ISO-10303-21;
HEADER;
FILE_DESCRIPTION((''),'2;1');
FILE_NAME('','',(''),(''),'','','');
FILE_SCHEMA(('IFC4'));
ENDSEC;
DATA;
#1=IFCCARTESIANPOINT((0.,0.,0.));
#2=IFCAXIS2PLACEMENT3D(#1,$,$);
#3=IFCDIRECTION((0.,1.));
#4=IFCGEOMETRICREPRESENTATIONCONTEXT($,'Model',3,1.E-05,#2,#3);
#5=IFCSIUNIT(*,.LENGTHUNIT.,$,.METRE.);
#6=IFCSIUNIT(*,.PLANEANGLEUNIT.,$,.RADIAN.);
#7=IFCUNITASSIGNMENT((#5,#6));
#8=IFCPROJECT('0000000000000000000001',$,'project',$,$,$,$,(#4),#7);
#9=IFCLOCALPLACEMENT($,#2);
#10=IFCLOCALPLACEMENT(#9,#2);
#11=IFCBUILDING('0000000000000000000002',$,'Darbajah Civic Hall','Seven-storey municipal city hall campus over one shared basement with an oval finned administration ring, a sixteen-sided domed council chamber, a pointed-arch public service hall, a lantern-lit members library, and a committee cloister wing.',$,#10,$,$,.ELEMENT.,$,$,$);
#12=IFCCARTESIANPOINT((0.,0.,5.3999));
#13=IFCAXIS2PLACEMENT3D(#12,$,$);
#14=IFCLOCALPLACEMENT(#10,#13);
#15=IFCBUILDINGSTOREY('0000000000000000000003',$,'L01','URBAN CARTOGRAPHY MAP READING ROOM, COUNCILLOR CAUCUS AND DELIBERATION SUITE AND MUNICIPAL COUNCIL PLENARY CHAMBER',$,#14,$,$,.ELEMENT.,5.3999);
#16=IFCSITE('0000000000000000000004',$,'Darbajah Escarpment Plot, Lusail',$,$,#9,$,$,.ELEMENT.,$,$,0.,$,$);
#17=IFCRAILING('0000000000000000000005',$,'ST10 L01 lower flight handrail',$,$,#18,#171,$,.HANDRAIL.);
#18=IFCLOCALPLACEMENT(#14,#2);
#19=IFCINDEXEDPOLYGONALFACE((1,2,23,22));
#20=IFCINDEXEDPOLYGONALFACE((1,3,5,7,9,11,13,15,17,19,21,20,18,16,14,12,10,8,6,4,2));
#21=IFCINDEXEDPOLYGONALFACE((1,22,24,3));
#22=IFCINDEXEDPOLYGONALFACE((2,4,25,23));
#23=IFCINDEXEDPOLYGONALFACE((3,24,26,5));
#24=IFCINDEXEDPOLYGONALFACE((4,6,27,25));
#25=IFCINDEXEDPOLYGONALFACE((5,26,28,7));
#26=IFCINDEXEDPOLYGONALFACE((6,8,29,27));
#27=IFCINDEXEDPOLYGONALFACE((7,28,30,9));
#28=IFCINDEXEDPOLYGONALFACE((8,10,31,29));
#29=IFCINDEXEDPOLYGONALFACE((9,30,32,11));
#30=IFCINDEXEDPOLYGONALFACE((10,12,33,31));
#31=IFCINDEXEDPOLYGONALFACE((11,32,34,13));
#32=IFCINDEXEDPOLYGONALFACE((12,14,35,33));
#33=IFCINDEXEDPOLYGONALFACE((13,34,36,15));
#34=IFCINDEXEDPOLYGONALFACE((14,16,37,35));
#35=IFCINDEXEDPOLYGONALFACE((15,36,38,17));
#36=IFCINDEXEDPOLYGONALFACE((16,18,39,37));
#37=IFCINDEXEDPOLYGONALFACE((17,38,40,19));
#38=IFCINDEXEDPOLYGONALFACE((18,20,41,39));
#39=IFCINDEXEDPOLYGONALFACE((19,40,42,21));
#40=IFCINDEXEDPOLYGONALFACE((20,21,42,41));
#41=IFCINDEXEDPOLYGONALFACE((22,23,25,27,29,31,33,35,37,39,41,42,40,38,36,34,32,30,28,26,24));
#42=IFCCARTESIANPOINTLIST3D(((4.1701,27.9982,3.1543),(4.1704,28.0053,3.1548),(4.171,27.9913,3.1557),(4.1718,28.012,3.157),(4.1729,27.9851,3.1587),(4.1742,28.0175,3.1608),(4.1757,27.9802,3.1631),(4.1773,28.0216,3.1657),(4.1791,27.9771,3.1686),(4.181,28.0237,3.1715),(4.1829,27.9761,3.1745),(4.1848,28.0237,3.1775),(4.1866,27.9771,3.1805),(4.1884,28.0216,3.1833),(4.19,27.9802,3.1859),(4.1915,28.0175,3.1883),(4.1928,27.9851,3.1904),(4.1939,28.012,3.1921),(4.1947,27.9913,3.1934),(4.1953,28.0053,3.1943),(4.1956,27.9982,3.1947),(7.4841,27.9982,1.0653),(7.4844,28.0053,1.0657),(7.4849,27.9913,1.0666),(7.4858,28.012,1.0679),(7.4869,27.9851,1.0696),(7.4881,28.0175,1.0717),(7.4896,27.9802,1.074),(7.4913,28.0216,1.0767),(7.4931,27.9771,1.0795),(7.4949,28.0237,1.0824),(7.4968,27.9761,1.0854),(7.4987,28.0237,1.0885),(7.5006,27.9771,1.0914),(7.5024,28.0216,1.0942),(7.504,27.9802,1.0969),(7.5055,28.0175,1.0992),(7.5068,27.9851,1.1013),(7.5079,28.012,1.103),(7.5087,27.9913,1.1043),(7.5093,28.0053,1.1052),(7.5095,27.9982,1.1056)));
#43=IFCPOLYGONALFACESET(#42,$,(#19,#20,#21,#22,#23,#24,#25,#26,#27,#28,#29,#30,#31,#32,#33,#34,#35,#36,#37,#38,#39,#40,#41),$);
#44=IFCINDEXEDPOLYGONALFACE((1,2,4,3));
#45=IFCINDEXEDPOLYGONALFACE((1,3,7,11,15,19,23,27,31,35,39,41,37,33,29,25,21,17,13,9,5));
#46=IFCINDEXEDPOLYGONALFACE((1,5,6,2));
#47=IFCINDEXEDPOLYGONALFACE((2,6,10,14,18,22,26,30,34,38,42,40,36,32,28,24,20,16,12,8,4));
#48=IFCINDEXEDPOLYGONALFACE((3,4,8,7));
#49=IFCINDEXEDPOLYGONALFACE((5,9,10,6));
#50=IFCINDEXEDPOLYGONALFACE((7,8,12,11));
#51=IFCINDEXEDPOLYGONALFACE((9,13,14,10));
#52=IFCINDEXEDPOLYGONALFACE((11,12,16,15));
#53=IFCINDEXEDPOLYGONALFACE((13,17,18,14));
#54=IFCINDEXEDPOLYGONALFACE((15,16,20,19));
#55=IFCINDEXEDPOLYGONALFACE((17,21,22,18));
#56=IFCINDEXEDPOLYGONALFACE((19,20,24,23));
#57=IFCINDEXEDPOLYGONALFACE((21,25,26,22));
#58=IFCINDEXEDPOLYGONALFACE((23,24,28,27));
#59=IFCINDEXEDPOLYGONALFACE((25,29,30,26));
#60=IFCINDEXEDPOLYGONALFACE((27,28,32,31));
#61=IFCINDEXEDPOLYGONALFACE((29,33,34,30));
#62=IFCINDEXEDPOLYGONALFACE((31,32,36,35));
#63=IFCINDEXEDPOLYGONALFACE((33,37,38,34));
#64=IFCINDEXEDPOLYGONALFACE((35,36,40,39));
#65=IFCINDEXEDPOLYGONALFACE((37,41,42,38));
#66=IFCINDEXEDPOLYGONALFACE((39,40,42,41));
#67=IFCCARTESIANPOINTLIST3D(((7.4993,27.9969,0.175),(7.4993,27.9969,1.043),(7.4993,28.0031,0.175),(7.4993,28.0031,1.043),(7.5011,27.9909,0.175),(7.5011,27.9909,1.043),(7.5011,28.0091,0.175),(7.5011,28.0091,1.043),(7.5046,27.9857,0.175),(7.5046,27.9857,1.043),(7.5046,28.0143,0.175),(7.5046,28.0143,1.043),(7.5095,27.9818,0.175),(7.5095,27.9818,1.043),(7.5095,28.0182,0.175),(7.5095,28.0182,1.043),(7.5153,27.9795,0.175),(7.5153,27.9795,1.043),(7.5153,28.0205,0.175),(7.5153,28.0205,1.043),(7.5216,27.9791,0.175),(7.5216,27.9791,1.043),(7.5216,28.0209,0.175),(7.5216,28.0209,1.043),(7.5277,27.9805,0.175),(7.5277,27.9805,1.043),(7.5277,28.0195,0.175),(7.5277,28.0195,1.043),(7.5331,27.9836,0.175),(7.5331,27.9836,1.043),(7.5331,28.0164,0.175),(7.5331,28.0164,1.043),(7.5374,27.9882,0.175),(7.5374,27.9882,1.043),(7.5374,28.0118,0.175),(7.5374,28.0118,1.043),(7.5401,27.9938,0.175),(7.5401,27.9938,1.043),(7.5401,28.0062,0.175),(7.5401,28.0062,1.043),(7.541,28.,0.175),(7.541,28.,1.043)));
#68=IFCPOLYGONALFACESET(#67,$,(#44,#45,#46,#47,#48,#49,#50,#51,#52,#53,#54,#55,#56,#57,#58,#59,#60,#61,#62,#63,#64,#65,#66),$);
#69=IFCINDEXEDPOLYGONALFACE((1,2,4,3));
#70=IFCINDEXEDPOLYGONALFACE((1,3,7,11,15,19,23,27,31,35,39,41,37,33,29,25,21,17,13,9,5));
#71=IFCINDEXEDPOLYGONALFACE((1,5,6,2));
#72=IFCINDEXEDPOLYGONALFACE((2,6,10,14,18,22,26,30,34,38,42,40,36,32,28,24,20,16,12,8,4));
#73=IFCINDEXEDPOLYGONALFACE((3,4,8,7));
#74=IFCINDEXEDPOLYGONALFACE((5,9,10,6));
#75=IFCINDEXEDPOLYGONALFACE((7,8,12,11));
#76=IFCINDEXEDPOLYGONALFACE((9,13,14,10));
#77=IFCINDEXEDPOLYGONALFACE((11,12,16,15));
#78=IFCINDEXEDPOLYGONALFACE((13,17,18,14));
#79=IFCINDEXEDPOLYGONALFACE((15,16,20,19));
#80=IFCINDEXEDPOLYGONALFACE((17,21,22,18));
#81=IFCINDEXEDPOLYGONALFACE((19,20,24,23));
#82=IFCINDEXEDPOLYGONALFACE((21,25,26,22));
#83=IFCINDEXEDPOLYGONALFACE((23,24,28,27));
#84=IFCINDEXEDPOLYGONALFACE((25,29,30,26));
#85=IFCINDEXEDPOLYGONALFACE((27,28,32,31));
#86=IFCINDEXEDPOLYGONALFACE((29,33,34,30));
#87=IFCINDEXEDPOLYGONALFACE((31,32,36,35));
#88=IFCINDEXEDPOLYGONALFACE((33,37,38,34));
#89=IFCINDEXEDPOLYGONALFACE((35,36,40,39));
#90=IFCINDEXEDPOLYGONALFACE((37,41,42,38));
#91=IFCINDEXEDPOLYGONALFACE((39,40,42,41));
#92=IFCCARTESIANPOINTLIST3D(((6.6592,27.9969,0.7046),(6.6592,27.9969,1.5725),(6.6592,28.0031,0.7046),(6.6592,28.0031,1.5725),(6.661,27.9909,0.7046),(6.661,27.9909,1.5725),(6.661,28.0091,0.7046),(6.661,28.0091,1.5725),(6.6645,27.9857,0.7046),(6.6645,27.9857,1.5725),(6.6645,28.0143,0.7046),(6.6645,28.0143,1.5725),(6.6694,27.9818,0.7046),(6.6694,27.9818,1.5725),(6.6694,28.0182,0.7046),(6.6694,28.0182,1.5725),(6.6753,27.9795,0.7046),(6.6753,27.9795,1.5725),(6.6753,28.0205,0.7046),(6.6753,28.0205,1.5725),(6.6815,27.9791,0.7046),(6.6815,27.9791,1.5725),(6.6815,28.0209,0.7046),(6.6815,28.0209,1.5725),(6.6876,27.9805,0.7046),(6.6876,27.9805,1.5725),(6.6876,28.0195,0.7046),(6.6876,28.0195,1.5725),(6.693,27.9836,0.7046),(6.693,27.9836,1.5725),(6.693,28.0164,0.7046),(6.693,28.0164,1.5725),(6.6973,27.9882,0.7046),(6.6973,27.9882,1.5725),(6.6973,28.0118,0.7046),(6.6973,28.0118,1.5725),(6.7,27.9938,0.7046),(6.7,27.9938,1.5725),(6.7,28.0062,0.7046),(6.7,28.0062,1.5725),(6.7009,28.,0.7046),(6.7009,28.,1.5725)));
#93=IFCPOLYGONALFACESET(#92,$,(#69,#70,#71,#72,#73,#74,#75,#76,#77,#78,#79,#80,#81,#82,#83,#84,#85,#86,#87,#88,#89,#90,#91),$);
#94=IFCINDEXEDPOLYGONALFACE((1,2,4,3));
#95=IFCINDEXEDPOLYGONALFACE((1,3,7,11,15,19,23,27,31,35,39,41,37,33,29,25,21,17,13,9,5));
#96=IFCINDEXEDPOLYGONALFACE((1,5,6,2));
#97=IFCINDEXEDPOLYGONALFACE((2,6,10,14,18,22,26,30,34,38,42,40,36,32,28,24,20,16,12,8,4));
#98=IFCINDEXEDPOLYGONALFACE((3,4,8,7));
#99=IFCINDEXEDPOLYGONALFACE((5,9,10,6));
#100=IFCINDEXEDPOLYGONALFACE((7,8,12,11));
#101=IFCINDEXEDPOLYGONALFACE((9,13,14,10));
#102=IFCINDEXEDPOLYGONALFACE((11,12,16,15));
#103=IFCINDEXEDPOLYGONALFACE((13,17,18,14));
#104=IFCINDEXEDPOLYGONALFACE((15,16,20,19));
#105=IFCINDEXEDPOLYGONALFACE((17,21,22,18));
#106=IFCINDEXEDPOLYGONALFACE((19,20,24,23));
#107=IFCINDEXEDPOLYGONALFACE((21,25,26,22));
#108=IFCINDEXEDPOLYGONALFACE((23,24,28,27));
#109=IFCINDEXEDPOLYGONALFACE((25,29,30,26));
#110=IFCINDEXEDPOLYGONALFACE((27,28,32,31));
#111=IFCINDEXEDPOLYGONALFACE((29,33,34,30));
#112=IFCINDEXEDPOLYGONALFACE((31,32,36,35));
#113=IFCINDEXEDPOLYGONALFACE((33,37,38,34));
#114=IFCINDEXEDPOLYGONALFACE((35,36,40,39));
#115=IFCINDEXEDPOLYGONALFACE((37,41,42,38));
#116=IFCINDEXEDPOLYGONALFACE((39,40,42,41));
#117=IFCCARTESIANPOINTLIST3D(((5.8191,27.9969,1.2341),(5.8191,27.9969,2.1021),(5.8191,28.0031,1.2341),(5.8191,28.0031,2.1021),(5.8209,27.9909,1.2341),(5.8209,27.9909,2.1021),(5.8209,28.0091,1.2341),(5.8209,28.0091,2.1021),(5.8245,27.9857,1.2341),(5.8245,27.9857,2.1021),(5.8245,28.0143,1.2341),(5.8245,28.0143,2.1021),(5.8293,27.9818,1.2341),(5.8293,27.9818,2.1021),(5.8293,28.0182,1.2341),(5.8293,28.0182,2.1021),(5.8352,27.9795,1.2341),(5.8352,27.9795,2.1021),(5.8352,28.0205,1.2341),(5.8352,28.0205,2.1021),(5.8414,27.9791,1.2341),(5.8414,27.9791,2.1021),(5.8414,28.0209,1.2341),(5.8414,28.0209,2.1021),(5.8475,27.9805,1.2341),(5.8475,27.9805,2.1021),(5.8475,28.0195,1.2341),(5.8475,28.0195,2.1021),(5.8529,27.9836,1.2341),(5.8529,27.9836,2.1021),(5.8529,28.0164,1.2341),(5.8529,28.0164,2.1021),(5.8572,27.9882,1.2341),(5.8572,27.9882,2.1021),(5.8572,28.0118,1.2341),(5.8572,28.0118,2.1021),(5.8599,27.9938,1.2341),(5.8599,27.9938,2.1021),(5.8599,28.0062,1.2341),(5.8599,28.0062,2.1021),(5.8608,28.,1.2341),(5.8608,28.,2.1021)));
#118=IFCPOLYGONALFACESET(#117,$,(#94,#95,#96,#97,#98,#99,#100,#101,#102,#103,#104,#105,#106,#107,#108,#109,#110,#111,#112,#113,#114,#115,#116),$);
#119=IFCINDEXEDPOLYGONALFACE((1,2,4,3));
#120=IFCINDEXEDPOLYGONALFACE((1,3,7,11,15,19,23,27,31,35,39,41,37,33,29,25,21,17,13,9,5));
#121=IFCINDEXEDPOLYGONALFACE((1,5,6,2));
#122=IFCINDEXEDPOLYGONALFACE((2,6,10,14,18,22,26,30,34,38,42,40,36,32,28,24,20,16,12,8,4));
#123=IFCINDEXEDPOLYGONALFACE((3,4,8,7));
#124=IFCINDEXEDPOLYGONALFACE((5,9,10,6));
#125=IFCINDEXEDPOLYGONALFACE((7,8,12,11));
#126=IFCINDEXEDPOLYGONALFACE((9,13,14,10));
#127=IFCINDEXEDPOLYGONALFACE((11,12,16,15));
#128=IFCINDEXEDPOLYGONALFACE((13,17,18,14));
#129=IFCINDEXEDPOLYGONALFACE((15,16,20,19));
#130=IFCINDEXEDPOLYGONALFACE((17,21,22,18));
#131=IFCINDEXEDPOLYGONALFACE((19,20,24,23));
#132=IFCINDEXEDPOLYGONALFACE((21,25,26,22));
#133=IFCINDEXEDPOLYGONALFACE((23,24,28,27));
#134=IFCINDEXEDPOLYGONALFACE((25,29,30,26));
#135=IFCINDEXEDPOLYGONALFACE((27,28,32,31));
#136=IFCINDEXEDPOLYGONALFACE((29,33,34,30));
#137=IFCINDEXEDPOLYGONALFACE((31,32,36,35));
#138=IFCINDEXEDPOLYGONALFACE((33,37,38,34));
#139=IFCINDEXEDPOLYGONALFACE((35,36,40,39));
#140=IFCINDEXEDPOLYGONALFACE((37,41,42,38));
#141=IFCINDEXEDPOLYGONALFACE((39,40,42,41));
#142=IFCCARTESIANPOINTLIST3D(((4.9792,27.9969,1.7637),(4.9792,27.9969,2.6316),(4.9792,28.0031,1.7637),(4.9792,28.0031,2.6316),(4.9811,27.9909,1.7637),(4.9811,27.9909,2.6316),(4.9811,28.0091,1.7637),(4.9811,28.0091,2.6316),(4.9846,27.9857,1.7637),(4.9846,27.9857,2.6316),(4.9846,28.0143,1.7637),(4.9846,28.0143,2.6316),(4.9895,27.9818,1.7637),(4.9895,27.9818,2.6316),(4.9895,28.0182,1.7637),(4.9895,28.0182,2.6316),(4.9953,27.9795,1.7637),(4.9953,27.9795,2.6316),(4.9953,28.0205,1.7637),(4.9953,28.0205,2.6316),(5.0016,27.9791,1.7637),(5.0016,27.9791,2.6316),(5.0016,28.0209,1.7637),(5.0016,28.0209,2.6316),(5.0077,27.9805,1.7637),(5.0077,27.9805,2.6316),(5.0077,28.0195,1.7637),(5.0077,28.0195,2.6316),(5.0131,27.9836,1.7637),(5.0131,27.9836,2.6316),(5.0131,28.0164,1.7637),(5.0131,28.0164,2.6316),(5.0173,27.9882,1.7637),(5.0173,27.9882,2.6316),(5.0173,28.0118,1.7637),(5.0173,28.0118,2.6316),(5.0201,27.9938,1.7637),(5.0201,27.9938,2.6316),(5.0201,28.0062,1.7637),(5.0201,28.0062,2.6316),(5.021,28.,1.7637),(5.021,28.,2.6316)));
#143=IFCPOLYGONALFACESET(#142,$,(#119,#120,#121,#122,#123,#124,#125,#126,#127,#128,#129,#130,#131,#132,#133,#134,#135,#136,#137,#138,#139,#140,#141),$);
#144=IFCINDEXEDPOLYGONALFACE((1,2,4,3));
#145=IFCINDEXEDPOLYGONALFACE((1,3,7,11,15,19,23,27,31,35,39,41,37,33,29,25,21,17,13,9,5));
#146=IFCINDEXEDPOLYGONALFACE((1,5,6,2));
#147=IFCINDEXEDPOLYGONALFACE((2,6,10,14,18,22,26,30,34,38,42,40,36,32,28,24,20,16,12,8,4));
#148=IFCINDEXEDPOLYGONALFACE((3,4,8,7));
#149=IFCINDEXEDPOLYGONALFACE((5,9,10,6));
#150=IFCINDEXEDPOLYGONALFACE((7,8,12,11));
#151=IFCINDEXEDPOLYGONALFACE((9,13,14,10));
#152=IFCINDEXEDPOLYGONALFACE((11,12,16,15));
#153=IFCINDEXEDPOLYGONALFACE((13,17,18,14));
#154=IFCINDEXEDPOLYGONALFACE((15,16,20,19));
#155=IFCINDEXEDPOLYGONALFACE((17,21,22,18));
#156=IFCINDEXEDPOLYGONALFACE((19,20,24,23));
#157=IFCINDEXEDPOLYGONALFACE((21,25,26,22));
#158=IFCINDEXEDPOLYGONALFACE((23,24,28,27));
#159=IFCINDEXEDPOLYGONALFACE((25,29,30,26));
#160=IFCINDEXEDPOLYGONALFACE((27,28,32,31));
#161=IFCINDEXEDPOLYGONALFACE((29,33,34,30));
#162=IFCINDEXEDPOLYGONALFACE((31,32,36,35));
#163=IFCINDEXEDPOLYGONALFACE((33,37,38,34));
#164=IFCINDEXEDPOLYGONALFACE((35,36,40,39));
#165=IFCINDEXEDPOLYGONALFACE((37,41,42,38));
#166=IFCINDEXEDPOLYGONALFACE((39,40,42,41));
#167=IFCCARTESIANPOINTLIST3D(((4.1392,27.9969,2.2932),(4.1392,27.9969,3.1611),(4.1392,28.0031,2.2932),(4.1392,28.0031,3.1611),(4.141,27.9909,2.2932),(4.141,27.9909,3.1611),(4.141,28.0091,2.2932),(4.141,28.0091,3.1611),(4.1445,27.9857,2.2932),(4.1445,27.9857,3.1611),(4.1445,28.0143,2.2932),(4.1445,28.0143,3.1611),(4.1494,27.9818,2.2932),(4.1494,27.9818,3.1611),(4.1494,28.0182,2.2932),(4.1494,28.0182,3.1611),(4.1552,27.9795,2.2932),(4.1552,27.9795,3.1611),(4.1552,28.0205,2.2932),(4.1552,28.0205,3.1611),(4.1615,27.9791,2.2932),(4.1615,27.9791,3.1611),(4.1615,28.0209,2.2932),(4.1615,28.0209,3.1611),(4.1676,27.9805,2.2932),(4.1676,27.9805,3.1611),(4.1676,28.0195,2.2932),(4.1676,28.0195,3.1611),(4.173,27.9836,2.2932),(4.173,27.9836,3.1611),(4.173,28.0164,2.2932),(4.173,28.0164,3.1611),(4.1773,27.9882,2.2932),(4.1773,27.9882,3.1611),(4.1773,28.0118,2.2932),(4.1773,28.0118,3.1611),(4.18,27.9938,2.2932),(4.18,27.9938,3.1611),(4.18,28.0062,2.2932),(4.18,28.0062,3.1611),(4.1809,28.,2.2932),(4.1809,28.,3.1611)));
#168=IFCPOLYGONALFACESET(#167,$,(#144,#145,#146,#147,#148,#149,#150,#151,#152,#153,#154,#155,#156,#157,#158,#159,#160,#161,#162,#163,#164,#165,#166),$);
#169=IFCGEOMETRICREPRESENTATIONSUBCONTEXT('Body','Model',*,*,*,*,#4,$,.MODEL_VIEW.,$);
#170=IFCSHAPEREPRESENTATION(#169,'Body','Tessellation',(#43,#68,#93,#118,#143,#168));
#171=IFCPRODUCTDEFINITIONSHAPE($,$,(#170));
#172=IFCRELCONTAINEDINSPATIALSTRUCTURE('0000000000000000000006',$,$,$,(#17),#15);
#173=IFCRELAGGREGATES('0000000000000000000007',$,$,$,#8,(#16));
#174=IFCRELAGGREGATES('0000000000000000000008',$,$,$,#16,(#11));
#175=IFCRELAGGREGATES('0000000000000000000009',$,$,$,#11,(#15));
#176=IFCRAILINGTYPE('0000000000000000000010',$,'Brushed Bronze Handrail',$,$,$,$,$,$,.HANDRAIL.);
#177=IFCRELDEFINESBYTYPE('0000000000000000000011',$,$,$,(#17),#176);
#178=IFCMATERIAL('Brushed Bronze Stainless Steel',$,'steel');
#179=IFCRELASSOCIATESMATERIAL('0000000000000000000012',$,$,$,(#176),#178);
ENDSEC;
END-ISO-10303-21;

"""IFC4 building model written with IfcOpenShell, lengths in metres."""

from ifc_helpers import new_model, si_unit, direction, frame, origin, origin_2d, place, context, subcontext, project, spatial, circle, extrude, material, type_object, element, save


model = new_model("IFC4")

# Units and contexts
model_context = context("Model", 3, precision=1e-05, world=origin(), true_north=direction((0.0, 1.0)))
body_context = subcontext(model_context, "Body", "Model", "MODEL_VIEW")
ifc_project = project(units=[si_unit("LENGTHUNIT", "METRE"), si_unit("PLANEANGLEUNIT", "RADIAN")], contexts=[model_context])

# Site, building, storey
site_placement = place(None, origin())
site = spatial("IfcSite", under=ifc_project, at=site_placement, Name="Darbajah Escarpment Plot, Lusail", CompositionType="ELEMENT", RefElevation=0.0)
building_placement = place(site_placement, origin())
building = spatial("IfcBuilding", under=site, at=building_placement, Name="Darbajah Civic Hall", Description="Seven-storey municipal city hall campus over one shared basement with an oval finned administration ring, a sixteen-sided domed council chamber, a pointed-arch public service hall, a lantern-lit members library, and a committee cloister wing.", CompositionType="ELEMENT")
storey_placement = place(building_placement, frame((0.0, 0.0, 5.3999)))
storey = spatial("IfcBuildingStorey", under=building, at=storey_placement, Name="L01", Description="URBAN CARTOGRAPHY MAP READING ROOM, COUNCILLOR CAUCUS AND DELIBERATION SUITE AND MUNICIPAL COUNCIL PLENARY CHAMBER", CompositionType="ELEMENT", Elevation=5.3999)

# Railing
ifc_material_1 = material(Name="Brushed Bronze Stainless Steel", Category="steel")
railing_type_1 = type_object("IfcRailingType", Name="Brushed Bronze Handrail", PredefinedType="HANDRAIL", material=ifc_material_1)
railing_1_placement = place(storey_placement, frame((7.52, 28.0, 0.175)))
element("IfcRailing", 1, at=railing_1_placement, inside=storey, type_object=railing_type_1, Name="ST10 L01 lower flight handrail", PredefinedType="HANDRAIL", context=body_context, shape_type="SweptSolid", body=[
    extrude(circle(Radius=0.0239, at=origin_2d()), frame((-0.0232, 0.0, 0.9104), z_axis=(-0.845944, 0.0, 0.533271), x_axis=(0.0, -1.0, 0.0)), (0.0, 0.0, 1.0), 3.9175),
    extrude(circle(Radius=0.021, at=origin_2d()), origin(), (0.0, 0.0, 1.0), 0.8679),
    extrude(circle(Radius=0.021, at=origin_2d()), frame((-0.8401, 0.0, 0.5295)), (0.0, 0.0, 1.0), 0.8679),
    extrude(circle(Radius=0.021, at=origin_2d()), frame((-1.6802, 0.0, 1.0591)), (0.0, 0.0, 1.0), 0.8679),
    extrude(circle(Radius=0.021, at=origin_2d()), frame((-2.52, 0.0, 1.5886)), (0.0, 0.0, 1.0), 0.8679),
    extrude(circle(Radius=0.021, at=origin_2d()), frame((-3.3601, 0.0, 2.1182)), (0.0, 0.0, 1.0), 0.8679),
])

save(model, "model.ifc")
